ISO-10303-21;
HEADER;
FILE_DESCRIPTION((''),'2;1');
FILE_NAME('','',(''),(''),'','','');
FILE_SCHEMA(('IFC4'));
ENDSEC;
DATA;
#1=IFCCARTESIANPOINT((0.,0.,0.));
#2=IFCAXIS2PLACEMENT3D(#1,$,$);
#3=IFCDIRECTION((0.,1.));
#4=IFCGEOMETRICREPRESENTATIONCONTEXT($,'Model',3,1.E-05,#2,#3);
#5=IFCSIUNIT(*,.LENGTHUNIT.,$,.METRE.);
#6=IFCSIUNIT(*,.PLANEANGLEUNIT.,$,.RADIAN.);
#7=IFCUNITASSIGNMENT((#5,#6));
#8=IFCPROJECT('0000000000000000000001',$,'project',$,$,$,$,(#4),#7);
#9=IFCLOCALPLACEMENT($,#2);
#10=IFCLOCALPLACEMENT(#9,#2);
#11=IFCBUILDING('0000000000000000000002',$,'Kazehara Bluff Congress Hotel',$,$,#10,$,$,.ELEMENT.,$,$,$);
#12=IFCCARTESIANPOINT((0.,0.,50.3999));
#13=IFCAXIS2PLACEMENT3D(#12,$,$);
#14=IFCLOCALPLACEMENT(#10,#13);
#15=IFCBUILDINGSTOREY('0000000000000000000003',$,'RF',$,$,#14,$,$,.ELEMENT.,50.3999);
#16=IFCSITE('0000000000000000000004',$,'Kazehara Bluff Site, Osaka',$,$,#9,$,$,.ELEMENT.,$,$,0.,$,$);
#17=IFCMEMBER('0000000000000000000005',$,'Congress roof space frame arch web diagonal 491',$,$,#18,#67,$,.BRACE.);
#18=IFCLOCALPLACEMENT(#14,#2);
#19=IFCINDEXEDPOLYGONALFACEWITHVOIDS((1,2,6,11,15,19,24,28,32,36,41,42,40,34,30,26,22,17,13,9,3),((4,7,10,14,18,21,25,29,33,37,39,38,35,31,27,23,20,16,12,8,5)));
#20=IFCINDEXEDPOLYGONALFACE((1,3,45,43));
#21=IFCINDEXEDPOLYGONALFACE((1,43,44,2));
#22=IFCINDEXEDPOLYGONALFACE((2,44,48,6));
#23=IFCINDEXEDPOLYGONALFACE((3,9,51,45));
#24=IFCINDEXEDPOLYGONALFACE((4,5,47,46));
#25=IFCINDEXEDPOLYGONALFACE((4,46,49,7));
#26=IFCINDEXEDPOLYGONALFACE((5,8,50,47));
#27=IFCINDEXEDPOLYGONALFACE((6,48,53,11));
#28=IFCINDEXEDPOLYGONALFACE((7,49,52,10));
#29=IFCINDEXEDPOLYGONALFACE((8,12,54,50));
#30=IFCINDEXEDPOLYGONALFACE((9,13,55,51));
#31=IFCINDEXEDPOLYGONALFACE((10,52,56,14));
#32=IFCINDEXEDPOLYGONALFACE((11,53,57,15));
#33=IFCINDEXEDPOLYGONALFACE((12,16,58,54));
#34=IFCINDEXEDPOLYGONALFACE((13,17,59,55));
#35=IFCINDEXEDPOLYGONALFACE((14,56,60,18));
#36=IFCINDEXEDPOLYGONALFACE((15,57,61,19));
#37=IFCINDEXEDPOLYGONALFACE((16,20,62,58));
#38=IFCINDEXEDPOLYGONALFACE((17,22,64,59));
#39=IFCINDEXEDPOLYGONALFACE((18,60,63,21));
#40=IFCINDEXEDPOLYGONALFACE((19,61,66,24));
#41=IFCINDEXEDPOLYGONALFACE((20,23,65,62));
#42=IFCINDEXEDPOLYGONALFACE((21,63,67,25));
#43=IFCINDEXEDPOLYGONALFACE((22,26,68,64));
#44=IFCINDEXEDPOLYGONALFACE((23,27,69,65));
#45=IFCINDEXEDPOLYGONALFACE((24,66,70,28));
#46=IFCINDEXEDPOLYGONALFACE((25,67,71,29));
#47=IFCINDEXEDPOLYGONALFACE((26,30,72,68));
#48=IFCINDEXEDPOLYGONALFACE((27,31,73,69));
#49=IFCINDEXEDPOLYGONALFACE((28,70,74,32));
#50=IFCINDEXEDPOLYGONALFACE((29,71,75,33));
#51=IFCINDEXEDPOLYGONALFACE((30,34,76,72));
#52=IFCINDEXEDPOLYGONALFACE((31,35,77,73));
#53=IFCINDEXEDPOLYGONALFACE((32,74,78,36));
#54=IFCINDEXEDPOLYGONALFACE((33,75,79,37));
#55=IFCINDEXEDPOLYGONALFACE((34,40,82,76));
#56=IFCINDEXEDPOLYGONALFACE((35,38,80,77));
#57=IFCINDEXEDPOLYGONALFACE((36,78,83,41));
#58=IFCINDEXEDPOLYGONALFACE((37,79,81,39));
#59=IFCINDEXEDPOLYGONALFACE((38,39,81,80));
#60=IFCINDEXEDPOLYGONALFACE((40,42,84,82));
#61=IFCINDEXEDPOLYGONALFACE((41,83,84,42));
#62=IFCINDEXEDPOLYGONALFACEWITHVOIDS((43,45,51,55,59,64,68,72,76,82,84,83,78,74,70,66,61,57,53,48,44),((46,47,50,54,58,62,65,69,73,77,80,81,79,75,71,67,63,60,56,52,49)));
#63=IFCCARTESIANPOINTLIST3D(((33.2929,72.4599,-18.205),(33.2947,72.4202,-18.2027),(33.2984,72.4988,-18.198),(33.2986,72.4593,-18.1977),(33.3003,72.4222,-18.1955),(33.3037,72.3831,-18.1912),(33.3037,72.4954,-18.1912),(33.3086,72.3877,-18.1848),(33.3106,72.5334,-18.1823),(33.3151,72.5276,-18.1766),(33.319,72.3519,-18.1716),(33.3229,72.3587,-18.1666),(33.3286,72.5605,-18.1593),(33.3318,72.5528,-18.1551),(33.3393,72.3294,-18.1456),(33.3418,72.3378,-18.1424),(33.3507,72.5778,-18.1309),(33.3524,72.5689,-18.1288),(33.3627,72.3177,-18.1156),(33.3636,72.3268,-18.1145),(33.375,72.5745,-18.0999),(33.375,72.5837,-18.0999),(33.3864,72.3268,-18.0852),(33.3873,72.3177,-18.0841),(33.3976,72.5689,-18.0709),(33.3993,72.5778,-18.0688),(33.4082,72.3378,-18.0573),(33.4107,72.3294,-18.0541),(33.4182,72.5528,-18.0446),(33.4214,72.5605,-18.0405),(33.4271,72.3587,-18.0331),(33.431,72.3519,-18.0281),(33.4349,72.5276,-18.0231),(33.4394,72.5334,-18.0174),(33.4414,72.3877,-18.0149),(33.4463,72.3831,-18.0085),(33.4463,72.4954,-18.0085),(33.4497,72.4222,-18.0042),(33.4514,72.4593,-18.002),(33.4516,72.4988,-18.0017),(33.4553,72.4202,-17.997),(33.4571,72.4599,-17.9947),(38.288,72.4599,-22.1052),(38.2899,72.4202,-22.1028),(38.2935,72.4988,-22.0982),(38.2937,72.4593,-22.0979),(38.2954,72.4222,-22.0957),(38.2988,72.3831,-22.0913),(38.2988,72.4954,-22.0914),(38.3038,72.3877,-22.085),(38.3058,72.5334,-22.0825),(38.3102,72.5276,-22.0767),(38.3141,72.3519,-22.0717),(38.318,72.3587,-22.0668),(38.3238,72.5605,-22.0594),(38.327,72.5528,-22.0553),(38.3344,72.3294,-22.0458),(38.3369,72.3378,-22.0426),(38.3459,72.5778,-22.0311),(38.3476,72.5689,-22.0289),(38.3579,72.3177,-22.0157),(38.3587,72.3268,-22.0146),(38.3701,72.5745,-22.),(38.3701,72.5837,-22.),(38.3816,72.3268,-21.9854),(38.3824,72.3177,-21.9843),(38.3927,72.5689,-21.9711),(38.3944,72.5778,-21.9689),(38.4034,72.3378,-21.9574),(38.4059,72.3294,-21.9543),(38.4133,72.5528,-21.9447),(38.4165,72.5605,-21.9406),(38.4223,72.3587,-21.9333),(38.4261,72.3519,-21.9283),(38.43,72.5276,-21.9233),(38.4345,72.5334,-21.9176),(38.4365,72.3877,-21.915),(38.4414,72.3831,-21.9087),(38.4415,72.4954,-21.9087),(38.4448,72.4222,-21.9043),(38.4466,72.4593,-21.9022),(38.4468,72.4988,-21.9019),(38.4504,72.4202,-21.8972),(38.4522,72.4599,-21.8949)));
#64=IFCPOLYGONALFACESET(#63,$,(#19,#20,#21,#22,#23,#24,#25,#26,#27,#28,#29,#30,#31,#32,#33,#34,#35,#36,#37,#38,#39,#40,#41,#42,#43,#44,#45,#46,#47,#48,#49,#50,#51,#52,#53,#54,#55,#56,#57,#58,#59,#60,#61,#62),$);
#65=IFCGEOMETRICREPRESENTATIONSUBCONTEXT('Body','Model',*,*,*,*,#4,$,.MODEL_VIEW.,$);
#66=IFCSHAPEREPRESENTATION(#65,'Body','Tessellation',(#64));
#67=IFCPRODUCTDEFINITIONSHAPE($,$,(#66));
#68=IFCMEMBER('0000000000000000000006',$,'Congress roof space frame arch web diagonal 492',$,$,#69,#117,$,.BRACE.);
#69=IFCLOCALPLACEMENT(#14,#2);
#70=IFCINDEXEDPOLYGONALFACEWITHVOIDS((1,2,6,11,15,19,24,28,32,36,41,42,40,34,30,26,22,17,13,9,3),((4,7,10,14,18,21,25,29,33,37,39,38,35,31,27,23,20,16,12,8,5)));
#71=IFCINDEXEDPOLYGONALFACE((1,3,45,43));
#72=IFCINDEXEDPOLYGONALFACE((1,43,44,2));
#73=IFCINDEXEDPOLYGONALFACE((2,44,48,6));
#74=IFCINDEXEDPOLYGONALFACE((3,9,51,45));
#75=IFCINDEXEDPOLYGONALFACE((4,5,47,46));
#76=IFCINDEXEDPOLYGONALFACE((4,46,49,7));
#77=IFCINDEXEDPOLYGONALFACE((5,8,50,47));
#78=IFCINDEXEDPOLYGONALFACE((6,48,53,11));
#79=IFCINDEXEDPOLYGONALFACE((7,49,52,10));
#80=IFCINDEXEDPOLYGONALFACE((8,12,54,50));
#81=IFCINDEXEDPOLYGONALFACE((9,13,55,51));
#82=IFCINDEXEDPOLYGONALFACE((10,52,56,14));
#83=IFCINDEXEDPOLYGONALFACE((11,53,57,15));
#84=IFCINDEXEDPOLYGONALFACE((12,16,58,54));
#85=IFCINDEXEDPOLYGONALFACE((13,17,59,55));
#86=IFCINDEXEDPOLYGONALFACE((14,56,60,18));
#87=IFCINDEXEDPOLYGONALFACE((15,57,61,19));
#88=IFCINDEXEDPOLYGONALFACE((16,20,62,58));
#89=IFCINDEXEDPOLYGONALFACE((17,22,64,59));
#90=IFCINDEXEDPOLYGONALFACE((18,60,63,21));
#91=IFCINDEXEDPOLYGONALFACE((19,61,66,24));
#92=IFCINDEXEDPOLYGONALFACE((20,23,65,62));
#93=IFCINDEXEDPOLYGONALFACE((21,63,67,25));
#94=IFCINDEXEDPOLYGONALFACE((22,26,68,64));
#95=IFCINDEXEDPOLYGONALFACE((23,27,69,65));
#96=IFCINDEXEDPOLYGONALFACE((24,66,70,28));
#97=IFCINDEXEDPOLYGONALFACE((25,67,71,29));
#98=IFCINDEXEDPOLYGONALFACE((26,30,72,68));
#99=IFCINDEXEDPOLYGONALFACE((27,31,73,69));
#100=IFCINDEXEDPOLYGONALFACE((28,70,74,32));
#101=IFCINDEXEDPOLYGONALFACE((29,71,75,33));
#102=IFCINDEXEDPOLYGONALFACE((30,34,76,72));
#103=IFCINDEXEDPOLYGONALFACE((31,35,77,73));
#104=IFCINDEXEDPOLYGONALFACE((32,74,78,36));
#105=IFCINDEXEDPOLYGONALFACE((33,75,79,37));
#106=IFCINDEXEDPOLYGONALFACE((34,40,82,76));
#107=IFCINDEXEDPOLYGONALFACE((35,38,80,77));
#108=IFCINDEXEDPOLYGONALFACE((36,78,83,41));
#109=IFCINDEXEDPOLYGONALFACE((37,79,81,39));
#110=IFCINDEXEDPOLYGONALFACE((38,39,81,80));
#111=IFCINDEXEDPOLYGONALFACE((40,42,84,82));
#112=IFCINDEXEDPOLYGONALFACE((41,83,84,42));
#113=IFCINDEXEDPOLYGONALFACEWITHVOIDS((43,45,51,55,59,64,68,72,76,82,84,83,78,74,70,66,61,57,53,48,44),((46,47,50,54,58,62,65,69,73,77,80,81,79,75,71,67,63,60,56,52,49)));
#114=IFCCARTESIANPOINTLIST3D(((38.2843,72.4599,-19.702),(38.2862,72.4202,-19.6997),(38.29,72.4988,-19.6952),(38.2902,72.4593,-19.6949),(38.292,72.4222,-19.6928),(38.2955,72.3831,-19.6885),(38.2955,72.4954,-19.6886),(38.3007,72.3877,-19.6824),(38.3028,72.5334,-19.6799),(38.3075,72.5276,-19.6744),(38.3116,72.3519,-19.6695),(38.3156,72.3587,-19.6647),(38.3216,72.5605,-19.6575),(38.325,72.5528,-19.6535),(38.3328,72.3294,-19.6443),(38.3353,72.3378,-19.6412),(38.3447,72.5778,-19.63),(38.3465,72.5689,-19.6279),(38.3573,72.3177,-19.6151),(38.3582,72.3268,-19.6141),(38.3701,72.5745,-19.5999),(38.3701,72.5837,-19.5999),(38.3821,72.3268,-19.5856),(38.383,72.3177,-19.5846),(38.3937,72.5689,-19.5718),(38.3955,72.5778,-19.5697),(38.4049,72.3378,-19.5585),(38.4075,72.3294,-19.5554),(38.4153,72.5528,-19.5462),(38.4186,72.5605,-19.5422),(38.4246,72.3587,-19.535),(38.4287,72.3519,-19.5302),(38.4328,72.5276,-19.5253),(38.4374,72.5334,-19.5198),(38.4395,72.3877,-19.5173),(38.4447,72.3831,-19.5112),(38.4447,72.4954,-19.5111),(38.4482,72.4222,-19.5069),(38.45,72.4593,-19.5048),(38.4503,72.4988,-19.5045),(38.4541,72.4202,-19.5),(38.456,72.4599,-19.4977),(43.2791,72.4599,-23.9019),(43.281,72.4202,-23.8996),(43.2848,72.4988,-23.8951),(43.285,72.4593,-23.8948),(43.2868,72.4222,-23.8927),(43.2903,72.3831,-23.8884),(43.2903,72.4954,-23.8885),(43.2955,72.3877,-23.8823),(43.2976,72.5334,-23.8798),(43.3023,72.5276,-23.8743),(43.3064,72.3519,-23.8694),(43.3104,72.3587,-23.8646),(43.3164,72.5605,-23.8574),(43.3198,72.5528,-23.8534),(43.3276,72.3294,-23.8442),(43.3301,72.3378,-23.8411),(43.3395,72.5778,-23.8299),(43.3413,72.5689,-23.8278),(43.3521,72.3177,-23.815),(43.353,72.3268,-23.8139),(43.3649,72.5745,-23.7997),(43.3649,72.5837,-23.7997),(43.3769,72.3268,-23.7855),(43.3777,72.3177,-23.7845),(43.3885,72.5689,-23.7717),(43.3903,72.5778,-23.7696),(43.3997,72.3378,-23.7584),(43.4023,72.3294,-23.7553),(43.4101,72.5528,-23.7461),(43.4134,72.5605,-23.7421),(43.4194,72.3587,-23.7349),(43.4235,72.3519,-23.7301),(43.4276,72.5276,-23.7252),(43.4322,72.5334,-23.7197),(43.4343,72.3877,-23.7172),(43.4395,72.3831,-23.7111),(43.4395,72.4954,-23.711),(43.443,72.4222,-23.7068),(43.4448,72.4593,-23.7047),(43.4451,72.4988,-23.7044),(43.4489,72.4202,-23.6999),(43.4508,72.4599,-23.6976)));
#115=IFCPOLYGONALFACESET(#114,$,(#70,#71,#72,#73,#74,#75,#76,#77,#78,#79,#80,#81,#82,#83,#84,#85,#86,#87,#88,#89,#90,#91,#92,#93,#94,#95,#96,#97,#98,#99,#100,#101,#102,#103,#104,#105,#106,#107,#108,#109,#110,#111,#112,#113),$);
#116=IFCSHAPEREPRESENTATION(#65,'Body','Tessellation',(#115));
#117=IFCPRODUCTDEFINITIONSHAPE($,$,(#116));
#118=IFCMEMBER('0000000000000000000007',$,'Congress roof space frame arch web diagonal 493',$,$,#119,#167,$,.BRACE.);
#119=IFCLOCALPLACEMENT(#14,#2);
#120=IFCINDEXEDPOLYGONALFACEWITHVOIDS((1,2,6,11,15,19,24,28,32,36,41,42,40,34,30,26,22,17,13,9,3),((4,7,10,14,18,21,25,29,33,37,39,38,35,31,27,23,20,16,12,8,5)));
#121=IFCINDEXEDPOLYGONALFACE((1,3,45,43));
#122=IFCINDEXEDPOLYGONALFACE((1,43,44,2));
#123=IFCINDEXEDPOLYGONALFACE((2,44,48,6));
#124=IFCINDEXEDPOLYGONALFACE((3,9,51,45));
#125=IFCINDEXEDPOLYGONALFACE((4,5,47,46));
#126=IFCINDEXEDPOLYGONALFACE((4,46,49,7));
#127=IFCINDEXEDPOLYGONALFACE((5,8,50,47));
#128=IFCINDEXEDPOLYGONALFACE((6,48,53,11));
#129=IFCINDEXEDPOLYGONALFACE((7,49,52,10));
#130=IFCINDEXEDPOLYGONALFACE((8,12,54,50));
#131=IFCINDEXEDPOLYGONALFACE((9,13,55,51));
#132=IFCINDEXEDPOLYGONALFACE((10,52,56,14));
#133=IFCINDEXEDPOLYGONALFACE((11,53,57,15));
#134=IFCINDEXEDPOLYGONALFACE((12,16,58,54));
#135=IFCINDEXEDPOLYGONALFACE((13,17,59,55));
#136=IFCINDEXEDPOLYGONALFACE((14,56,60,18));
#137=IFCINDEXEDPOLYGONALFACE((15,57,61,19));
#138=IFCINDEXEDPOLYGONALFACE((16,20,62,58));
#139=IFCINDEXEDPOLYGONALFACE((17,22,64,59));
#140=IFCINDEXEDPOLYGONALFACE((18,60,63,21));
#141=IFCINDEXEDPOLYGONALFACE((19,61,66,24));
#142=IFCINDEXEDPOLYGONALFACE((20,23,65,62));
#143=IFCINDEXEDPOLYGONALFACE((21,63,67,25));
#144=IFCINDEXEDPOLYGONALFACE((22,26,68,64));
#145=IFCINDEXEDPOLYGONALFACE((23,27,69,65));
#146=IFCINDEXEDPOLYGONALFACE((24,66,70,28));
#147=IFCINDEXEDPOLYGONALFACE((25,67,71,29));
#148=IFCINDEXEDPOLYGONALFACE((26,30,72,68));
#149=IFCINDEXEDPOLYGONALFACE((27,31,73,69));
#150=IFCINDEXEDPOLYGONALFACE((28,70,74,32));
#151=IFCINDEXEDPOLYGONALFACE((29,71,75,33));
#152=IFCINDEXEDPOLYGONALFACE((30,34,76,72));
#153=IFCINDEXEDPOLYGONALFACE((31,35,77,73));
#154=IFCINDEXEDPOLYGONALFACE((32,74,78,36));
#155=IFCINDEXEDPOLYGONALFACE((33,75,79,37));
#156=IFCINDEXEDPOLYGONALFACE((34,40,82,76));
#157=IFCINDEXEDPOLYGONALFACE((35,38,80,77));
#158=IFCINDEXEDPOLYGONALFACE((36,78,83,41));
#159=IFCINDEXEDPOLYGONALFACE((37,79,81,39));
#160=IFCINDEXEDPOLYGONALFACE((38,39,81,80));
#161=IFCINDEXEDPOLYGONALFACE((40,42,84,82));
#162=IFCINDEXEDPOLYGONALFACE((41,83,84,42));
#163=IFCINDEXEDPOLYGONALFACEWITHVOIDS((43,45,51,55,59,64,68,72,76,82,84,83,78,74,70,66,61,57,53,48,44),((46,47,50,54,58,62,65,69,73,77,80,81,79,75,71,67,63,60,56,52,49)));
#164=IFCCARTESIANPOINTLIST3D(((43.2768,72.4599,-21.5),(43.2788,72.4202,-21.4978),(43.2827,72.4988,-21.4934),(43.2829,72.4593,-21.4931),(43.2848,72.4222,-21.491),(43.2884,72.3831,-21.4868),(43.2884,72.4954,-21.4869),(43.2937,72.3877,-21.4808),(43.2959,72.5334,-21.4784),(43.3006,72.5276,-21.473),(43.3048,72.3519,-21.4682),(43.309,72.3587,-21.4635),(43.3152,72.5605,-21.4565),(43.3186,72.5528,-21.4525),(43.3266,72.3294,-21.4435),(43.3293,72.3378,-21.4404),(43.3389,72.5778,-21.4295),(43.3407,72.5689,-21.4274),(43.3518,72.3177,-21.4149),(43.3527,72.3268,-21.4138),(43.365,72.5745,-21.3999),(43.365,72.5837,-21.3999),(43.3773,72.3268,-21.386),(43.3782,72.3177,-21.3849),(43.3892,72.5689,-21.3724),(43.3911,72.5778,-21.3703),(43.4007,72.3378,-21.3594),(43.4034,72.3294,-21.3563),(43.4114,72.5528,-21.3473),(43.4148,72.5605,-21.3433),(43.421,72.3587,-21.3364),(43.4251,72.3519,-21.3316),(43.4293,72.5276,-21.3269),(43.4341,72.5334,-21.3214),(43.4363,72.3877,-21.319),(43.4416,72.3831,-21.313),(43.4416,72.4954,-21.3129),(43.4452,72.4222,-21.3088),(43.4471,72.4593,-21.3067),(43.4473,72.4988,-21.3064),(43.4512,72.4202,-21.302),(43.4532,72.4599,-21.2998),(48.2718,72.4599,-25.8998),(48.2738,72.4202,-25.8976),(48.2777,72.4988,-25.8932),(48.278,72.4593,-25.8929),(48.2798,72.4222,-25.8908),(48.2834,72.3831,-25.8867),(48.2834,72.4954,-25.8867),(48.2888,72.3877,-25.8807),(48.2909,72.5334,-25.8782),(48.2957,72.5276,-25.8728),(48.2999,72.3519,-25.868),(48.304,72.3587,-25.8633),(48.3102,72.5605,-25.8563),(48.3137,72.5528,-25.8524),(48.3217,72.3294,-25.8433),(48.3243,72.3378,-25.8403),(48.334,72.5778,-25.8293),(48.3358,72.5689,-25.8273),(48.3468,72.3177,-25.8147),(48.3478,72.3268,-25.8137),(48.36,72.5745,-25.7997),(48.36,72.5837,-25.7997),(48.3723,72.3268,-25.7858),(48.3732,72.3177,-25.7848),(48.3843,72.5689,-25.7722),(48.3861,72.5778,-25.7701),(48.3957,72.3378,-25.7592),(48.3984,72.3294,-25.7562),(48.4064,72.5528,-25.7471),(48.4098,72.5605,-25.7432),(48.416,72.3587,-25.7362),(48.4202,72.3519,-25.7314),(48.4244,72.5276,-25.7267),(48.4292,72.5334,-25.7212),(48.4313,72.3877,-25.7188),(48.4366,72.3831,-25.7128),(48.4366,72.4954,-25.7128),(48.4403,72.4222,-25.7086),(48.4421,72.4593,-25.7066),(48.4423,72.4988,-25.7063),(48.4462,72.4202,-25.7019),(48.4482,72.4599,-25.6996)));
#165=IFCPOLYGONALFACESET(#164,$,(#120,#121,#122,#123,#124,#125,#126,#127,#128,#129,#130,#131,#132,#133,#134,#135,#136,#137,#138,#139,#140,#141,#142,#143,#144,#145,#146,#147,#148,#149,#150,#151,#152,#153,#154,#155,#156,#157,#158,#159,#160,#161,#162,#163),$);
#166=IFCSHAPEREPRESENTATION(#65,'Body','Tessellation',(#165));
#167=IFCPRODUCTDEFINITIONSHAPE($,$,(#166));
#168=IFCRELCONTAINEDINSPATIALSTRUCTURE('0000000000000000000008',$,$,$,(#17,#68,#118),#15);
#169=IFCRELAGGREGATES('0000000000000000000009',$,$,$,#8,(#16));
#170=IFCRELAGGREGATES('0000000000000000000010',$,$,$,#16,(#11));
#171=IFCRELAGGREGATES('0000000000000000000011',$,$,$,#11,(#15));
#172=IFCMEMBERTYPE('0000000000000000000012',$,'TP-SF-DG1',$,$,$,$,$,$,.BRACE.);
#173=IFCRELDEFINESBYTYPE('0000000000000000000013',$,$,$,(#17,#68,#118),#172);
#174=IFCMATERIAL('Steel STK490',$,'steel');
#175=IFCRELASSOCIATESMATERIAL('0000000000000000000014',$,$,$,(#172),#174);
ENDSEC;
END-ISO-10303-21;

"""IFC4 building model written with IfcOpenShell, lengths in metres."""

from ifc_helpers import new_model, si_unit, direction, frame, origin, origin_2d, place, context, subcontext, project, spatial, hollow_circle, extrude, material, material_profile, profile_set, type_object, element, save


model = new_model("IFC4")

# Units and contexts
model_context = context("Model", 3, precision=1e-05, world=origin(), true_north=direction((0.0, 1.0)))
body_context = subcontext(model_context, "Body", "Model", "MODEL_VIEW")
ifc_project = project(units=[si_unit("LENGTHUNIT", "METRE"), si_unit("PLANEANGLEUNIT", "RADIAN")], contexts=[model_context])

# Site, building, storey
site_placement = place(None, origin())
site = spatial("IfcSite", under=ifc_project, at=site_placement, Name="Kazehara Bluff Site, Osaka", CompositionType="ELEMENT", RefElevation=0.0)
building_placement = place(site_placement, origin())
building = spatial("IfcBuilding", under=site, at=building_placement, Name="Kazehara Bluff Congress Hotel", CompositionType="ELEMENT")
storey_placement = place(building_placement, frame((0.0, 0.0, 50.3999)))
storey = spatial("IfcBuildingStorey", under=building, at=storey_placement, Name="RF", CompositionType="ELEMENT", Elevation=50.3999)

# Members
ifc_material_1 = material(Name="Steel STK490", Category="steel")
ifc_material_profile_1 = material_profile(ifc_material_1, hollow_circle(Radius=0.1338, WallThickness=0.0093, at=origin_2d()))
ifc_profile_set_1 = profile_set([ifc_material_profile_1], Name="Steel STK490")
member_type_1 = type_object("IfcMemberType", Name="TP-SF-DG1", PredefinedType="BRACE", material=ifc_profile_set_1)
member_1_placement = place(storey_placement, frame((33.375, 72.45, -18.0999), z_axis=(0.7882, 0.0, -0.61542), x_axis=(0.0, 1.0, 0.0)))
element("IfcMember", 1, at=member_1_placement, inside=storey, type_object=member_type_1, Name="Congress roof space frame arch web diagonal 491", PredefinedType="BRACE", context=body_context, shape_type="SweptSolid", body=[
    extrude(hollow_circle(Radius=0.1338, WallThickness=0.0093, at=origin_2d()), origin(), (0.0, 0.0, 1.0), 6.3374),
])
member_2_placement = place(storey_placement, frame((38.3701, 72.45, -19.5999), z_axis=(0.765383, 0.0, -0.643575), x_axis=(0.0, 1.0, 0.0)))
element("IfcMember", 2, at=member_2_placement, inside=storey, type_object=member_type_1, Name="Congress roof space frame arch web diagonal 492", PredefinedType="BRACE", context=body_context, shape_type="SweptSolid", body=[
    extrude(hollow_circle(Radius=0.1338, WallThickness=0.0093, at=origin_2d()), origin(), (0.0, 0.0, 1.0), 6.5259),
])
member_3_placement = place(storey_placement, frame((43.365, 72.45, -21.3999), z_axis=(0.750401, 0.0, -0.660983), x_axis=(0.0, 1.0, 0.0)))
element("IfcMember", 3, at=member_3_placement, inside=storey, type_object=member_type_1, Name="Congress roof space frame arch web diagonal 493", PredefinedType="BRACE", context=body_context, shape_type="SweptSolid", body=[
    extrude(hollow_circle(Radius=0.1338, WallThickness=0.0093, at=origin_2d()), origin(), (0.0, 0.0, 1.0), 6.6565),
])

save(model, "model.ifc")
